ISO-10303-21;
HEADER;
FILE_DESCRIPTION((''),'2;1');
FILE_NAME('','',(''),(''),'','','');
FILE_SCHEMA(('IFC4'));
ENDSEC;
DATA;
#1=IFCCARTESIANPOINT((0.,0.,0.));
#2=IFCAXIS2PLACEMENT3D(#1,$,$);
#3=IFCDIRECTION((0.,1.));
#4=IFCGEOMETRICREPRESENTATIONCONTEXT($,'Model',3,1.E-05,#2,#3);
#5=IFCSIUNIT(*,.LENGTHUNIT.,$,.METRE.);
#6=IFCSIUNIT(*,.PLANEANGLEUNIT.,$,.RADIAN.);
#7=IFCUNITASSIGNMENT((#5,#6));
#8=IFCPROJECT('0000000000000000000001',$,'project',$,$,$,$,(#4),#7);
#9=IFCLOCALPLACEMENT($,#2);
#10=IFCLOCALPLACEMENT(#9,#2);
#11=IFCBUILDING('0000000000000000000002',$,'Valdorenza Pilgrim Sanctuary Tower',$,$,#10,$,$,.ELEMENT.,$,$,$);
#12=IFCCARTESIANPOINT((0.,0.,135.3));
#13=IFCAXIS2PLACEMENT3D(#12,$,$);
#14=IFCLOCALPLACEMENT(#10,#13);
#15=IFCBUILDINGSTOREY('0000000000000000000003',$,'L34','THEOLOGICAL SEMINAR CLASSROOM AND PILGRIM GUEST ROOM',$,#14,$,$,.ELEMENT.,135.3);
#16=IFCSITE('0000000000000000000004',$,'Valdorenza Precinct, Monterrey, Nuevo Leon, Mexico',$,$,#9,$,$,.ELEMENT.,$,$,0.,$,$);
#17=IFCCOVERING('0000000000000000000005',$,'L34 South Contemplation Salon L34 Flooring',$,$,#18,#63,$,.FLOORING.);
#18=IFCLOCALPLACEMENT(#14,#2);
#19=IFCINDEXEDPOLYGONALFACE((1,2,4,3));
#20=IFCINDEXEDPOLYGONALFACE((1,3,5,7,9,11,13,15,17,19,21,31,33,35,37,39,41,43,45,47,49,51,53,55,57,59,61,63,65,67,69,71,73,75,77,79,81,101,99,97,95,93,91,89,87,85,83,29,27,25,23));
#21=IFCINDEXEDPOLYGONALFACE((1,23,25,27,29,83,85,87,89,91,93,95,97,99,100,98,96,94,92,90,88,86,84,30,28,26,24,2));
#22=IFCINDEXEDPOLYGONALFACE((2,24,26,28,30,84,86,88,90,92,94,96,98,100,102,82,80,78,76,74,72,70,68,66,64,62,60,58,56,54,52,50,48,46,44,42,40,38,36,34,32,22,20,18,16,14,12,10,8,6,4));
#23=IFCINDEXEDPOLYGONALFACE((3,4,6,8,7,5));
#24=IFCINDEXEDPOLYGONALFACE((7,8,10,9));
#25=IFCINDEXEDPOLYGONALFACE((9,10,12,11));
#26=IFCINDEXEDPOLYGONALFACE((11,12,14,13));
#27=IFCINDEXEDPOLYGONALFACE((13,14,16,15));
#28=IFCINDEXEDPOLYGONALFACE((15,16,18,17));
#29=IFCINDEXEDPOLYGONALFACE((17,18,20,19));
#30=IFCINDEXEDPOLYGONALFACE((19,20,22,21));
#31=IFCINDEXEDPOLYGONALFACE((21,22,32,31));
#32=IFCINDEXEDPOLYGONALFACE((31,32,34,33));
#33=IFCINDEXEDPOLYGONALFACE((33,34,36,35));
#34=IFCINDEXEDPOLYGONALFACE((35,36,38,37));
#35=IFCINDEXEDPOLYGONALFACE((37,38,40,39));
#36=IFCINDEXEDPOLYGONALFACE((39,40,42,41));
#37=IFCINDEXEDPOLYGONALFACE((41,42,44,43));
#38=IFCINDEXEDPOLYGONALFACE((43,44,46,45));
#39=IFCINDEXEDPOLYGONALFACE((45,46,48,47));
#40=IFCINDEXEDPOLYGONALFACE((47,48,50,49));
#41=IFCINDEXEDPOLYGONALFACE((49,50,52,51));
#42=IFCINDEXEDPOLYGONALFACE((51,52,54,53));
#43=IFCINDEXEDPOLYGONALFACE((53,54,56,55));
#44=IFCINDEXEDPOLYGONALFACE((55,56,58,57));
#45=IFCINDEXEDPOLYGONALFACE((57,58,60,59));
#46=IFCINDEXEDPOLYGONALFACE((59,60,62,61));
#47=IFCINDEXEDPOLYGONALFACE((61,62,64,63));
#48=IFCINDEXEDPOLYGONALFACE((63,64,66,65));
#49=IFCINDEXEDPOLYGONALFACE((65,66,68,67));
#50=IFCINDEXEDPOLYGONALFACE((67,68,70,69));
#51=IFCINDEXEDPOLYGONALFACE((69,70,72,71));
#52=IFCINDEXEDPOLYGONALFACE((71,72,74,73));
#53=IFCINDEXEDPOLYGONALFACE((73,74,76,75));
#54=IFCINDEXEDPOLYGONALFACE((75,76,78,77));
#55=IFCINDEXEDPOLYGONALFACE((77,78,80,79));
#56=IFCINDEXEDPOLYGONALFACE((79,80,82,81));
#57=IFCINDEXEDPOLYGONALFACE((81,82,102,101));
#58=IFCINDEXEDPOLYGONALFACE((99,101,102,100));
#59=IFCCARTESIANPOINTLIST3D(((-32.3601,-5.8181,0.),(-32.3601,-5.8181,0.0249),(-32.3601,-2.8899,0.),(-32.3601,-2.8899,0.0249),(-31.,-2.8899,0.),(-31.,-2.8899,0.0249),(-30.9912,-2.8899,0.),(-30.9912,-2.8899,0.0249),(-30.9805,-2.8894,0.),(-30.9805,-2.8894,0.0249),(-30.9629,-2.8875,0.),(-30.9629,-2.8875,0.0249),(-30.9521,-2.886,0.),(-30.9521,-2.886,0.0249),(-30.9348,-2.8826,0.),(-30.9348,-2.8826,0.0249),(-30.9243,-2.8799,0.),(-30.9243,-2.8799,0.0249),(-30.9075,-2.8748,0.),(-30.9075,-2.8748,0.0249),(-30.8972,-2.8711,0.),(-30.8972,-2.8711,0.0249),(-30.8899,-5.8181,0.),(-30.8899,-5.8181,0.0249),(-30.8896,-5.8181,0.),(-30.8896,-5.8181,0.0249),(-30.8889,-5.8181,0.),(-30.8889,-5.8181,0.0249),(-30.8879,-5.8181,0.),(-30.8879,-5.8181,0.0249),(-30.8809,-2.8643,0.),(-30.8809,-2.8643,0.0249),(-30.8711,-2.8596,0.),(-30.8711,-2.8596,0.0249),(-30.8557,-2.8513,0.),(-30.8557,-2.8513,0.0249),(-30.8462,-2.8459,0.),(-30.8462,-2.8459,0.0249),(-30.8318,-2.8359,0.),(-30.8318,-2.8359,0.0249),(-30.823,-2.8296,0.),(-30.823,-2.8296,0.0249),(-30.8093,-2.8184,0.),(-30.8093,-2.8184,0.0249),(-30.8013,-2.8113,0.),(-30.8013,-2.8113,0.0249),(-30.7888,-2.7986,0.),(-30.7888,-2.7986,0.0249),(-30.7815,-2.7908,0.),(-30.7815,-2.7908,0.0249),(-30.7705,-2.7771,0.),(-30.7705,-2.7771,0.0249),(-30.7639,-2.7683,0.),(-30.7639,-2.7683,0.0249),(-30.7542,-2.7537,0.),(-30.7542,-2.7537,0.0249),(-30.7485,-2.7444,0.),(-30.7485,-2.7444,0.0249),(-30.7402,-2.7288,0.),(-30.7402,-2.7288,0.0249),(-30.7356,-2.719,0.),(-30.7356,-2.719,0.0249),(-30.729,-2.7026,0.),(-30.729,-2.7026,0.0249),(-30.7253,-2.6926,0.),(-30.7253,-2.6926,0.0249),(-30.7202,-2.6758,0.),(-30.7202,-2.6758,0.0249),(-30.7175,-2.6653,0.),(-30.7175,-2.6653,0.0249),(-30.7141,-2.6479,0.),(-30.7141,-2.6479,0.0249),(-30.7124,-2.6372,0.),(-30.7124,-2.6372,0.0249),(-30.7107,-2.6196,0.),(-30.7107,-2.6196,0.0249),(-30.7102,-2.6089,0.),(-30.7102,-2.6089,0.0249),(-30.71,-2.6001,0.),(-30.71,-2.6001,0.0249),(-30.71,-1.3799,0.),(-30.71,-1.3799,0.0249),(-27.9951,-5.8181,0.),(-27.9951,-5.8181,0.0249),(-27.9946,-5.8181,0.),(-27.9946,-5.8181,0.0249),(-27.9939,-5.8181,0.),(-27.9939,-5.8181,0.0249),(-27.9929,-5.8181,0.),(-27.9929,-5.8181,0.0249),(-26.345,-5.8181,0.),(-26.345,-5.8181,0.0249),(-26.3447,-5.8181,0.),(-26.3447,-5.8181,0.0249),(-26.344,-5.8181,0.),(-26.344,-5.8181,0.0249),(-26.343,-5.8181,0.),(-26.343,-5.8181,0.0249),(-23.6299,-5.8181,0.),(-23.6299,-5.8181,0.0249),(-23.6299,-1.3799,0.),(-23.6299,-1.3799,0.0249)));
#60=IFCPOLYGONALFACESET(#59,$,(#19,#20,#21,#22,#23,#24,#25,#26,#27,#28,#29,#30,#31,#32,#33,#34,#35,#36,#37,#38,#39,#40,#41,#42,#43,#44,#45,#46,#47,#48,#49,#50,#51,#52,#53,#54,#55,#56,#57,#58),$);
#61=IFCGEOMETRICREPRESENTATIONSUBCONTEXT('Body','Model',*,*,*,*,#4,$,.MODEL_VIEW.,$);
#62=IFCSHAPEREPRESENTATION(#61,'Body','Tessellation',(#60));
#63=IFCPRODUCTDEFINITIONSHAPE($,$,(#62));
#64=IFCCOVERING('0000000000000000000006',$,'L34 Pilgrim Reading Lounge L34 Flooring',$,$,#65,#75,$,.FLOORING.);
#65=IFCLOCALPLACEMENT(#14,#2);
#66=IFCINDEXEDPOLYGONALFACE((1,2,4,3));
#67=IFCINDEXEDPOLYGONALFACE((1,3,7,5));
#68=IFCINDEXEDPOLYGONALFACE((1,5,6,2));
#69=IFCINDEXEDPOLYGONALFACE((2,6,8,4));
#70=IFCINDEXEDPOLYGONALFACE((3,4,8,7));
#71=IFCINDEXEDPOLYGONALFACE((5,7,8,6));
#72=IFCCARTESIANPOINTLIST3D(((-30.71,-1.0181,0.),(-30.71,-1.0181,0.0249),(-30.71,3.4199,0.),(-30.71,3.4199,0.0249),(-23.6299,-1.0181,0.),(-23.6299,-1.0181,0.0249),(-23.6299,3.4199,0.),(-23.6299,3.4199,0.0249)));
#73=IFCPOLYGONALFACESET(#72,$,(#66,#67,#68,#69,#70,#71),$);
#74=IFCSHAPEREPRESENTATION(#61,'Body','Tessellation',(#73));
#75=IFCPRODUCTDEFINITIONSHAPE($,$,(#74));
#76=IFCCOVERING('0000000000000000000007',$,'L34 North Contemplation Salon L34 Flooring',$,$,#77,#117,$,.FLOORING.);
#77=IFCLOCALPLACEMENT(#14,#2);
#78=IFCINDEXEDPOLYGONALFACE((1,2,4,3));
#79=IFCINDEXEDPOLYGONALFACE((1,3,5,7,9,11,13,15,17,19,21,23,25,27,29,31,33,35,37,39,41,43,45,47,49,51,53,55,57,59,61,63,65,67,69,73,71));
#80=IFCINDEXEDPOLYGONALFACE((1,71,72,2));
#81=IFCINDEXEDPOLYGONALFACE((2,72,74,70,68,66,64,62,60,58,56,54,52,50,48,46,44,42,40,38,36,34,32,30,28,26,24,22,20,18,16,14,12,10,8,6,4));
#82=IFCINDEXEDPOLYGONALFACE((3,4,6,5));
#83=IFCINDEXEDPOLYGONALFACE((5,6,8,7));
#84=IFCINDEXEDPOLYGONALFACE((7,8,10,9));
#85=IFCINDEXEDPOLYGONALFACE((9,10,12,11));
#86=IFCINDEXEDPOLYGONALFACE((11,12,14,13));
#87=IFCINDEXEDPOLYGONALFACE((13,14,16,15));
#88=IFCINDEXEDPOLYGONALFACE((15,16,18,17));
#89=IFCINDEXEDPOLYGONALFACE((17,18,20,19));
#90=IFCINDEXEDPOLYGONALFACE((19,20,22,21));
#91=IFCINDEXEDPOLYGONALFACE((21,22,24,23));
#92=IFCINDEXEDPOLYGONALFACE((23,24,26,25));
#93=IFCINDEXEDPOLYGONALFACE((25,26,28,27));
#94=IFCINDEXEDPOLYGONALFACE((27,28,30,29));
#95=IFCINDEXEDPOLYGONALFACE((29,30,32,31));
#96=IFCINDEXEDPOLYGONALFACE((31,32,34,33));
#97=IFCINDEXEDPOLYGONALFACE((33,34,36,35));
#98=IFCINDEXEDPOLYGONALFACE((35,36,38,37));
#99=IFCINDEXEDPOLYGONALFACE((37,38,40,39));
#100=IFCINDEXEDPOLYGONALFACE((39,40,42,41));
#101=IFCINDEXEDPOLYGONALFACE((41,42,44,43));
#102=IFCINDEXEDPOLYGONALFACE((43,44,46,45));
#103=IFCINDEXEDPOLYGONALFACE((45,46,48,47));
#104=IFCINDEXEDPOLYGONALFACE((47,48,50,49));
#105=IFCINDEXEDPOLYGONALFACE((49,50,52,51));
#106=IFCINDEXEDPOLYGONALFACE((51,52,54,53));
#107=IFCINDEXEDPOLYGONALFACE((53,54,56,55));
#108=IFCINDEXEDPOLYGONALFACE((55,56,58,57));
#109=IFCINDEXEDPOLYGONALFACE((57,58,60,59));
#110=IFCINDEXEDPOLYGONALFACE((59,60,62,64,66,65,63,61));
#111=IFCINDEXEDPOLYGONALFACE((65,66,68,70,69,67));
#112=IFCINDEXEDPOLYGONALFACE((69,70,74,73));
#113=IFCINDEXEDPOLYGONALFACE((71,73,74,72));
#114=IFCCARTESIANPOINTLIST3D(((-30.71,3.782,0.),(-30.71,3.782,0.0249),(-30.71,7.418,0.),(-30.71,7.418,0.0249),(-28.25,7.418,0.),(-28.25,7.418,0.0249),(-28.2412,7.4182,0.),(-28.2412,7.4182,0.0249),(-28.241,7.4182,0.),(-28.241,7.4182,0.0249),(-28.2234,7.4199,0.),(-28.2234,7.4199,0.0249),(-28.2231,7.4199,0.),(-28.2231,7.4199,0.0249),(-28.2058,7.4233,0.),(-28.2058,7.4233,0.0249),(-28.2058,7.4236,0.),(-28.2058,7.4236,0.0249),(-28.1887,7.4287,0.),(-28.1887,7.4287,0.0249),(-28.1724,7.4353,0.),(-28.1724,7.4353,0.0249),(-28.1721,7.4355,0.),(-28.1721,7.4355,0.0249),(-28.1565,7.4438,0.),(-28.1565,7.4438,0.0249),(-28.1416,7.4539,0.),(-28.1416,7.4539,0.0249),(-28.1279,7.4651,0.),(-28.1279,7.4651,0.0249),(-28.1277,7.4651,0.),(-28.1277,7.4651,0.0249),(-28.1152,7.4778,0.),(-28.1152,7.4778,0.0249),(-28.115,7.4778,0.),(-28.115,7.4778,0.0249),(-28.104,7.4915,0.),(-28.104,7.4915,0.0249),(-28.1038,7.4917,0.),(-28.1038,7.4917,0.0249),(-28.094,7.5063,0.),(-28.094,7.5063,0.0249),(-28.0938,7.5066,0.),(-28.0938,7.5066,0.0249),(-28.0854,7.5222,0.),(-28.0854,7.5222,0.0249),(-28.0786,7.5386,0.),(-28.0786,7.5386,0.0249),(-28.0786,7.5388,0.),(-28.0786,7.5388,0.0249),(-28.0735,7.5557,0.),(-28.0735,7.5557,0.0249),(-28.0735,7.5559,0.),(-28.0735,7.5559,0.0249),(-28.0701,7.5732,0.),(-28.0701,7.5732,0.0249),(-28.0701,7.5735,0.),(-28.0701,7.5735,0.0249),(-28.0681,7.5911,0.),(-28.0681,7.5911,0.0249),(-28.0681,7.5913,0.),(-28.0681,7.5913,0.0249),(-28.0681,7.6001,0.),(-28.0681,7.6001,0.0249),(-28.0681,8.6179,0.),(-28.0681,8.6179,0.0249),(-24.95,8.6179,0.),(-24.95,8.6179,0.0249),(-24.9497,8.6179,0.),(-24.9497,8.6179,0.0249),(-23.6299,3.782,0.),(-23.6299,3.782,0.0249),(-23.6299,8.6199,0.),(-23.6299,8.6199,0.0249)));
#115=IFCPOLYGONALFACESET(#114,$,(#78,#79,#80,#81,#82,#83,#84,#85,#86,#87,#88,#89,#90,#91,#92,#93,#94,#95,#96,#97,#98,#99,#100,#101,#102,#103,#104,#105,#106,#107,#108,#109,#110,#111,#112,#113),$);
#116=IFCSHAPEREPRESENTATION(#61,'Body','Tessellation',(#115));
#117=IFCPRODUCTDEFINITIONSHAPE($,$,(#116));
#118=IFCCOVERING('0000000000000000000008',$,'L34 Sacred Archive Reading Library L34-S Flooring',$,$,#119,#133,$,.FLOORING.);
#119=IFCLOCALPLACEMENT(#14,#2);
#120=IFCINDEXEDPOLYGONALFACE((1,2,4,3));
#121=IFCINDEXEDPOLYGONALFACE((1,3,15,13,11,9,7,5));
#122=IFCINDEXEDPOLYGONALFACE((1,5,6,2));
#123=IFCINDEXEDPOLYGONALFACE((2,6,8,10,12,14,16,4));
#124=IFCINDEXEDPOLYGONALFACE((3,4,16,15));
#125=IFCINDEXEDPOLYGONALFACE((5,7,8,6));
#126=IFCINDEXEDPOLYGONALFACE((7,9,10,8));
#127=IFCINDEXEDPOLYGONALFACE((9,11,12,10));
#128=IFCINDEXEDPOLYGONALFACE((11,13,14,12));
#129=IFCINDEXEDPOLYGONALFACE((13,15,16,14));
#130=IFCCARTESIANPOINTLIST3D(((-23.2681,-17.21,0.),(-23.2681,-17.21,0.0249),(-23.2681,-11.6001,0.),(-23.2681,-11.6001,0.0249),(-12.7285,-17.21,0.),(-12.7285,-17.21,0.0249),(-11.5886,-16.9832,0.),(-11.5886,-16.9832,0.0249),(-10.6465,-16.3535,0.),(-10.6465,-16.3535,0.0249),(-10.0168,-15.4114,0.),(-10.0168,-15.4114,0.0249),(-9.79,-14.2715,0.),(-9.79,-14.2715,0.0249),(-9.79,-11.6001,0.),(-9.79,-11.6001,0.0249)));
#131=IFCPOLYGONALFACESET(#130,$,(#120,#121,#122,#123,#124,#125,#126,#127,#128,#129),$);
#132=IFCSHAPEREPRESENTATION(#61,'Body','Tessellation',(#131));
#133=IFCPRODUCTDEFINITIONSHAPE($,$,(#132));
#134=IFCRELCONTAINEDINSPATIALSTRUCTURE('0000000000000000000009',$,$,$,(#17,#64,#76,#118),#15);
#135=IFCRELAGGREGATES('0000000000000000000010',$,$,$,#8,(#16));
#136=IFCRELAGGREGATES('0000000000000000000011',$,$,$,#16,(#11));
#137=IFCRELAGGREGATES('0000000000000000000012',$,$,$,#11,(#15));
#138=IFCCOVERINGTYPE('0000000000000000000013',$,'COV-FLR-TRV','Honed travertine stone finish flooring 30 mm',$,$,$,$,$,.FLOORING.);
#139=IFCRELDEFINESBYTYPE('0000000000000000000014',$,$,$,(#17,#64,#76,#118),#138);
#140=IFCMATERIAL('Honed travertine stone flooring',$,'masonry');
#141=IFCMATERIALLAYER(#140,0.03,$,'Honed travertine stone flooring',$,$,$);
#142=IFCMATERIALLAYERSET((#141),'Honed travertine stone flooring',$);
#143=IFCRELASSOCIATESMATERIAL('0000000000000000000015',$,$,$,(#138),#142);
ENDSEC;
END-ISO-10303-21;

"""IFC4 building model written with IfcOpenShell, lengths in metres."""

from ifc_helpers import new_model, si_unit, direction, frame, origin, place, context, subcontext, project, spatial, polyline, outline, extrude, material, layer, layer_set, type_object, element, save


model = new_model("IFC4")

# Units and contexts
model_context = context("Model", 3, precision=1e-05, world=origin(), true_north=direction((0.0, 1.0)))
body_context = subcontext(model_context, "Body", "Model", "MODEL_VIEW")
ifc_project = project(units=[si_unit("LENGTHUNIT", "METRE"), si_unit("PLANEANGLEUNIT", "RADIAN")], contexts=[model_context])

# Site, building, storey
site_placement = place(None, origin())
site = spatial("IfcSite", under=ifc_project, at=site_placement, Name="Valdorenza Precinct, Monterrey, Nuevo Leon, Mexico", CompositionType="ELEMENT", RefElevation=0.0)
building_placement = place(site_placement, origin())
building = spatial("IfcBuilding", under=site, at=building_placement, Name="Valdorenza Pilgrim Sanctuary Tower", CompositionType="ELEMENT")
storey_placement = place(building_placement, frame((0.0, 0.0, 135.3)))
storey = spatial("IfcBuildingStorey", under=building, at=storey_placement, Name="L34", Description="THEOLOGICAL SEMINAR CLASSROOM AND PILGRIM GUEST ROOM", CompositionType="ELEMENT", Elevation=135.3)

# Coverings
ifc_material_1 = material(Name="Honed travertine stone flooring", Category="masonry")
ifc_layer_1 = layer(ifc_material_1, 0.03, Name="Honed travertine stone flooring")
ifc_layer_set_1 = layer_set([ifc_layer_1], Name="Honed travertine stone flooring")
covering_type_1 = type_object("IfcCoveringType", Name="COV-FLR-TRV", Description="Honed travertine stone finish flooring 30 mm", PredefinedType="FLOORING", material=ifc_layer_set_1)
covering_1_placement = place(storey_placement, origin())
element("IfcCovering", 1, at=covering_1_placement, inside=storey, type_object=covering_type_1, Name="L34 South Contemplation Salon L34 Flooring", PredefinedType="FLOORING", context=body_context, shape_type="SweptSolid", body=[
    extrude(outline(polyline([(-30.8896, -5.8181), (-30.8899, -5.8181), (-32.3601, -5.8181), (-32.3601, -2.8899), (-31.0, -2.8899), (-30.9912, -2.8899), (-30.9805, -2.8894), (-30.9629, -2.8875), (-30.9521, -2.886), (-30.9348, -2.8826), (-30.9243, -2.8799), (-30.9075, -2.8748), (-30.8972, -2.8711), (-30.8809, -2.8643), (-30.8711, -2.8596), (-30.8557, -2.8513), (-30.8462, -2.8459), (-30.8318, -2.8359), (-30.823, -2.8296), (-30.8093, -2.8184), (-30.8013, -2.8113), (-30.7888, -2.7986), (-30.7815, -2.7908), (-30.7705, -2.7771), (-30.7639, -2.7683), (-30.7542, -2.7537), (-30.7485, -2.7444), (-30.7402, -2.7288), (-30.7356, -2.719), (-30.729, -2.7026), (-30.7253, -2.6926), (-30.7202, -2.6758), (-30.7175, -2.6653), (-30.7141, -2.6479), (-30.7124, -2.6372), (-30.7107, -2.6196), (-30.7102, -2.6089), (-30.71, -2.6001), (-30.71, -1.3799), (-23.6299, -1.3799), (-23.6299, -5.8181), (-26.343, -5.8181), (-26.344, -5.8181), (-26.3447, -5.8181), (-26.345, -5.8181), (-27.9929, -5.8181), (-27.9939, -5.8181), (-27.9946, -5.8181), (-27.9951, -5.8181), (-30.8879, -5.8181), (-30.8889, -5.8181), (-30.8896, -5.8181)])), origin(), (0.0, 0.0, 1.0), 0.0249),
])
covering_2_placement = place(storey_placement, origin())
element("IfcCovering", 2, at=covering_2_placement, inside=storey, type_object=covering_type_1, Name="L34 Pilgrim Reading Lounge L34 Flooring", PredefinedType="FLOORING", context=body_context, shape_type="SweptSolid", body=[
    extrude(outline(polyline([(-23.6299, -1.0181), (-30.71, -1.0181), (-30.71, 3.4199), (-23.6299, 3.4199), (-23.6299, -1.0181)])), origin(), (0.0, 0.0, 1.0), 0.0249),
])
covering_3_placement = place(storey_placement, origin())
element("IfcCovering", 3, at=covering_3_placement, inside=storey, type_object=covering_type_1, Name="L34 North Contemplation Salon L34 Flooring", PredefinedType="FLOORING", context=body_context, shape_type="SweptSolid", body=[
    extrude(outline(polyline([(-23.6299, 8.6199), (-23.6299, 3.782), (-30.71, 3.782), (-30.71, 7.418), (-28.25, 7.418), (-28.2412, 7.4182), (-28.241, 7.4182), (-28.2234, 7.4199), (-28.2231, 7.4199), (-28.2058, 7.4233), (-28.2058, 7.4236), (-28.1887, 7.4287), (-28.1887, 7.4287), (-28.1724, 7.4353), (-28.1721, 7.4355), (-28.1565, 7.4438), (-28.1565, 7.4438), (-28.1416, 7.4539), (-28.1416, 7.4539), (-28.1279, 7.4651), (-28.1277, 7.4651), (-28.1152, 7.4778), (-28.115, 7.4778), (-28.104, 7.4915), (-28.1038, 7.4917), (-28.094, 7.5063), (-28.0938, 7.5066), (-28.0854, 7.5222), (-28.0854, 7.5222), (-28.0786, 7.5386), (-28.0786, 7.5388), (-28.0735, 7.5557), (-28.0735, 7.5559), (-28.0701, 7.5732), (-28.0701, 7.5735), (-28.0681, 7.5911), (-28.0681, 7.5913), (-28.0681, 7.6001), (-28.0681, 8.6179), (-24.95, 8.6179), (-24.9497, 8.6179), (-23.6299, 8.6199)])), origin(), (0.0, 0.0, 1.0), 0.0249),
])
covering_4_placement = place(storey_placement, origin())
element("IfcCovering", 4, at=covering_4_placement, inside=storey, type_object=covering_type_1, Name="L34 Sacred Archive Reading Library L34-S Flooring", PredefinedType="FLOORING", context=body_context, shape_type="SweptSolid", body=[
    extrude(outline(polyline([(-9.79, -11.6001), (-9.79, -14.2715), (-10.0168, -15.4114), (-10.6465, -16.3535), (-11.5886, -16.9832), (-12.7285, -17.21), (-23.2681, -17.21), (-23.2681, -11.6001), (-9.79, -11.6001)])), origin(), (0.0, 0.0, 1.0), 0.0249),
])

save(model, "model.ifc")
